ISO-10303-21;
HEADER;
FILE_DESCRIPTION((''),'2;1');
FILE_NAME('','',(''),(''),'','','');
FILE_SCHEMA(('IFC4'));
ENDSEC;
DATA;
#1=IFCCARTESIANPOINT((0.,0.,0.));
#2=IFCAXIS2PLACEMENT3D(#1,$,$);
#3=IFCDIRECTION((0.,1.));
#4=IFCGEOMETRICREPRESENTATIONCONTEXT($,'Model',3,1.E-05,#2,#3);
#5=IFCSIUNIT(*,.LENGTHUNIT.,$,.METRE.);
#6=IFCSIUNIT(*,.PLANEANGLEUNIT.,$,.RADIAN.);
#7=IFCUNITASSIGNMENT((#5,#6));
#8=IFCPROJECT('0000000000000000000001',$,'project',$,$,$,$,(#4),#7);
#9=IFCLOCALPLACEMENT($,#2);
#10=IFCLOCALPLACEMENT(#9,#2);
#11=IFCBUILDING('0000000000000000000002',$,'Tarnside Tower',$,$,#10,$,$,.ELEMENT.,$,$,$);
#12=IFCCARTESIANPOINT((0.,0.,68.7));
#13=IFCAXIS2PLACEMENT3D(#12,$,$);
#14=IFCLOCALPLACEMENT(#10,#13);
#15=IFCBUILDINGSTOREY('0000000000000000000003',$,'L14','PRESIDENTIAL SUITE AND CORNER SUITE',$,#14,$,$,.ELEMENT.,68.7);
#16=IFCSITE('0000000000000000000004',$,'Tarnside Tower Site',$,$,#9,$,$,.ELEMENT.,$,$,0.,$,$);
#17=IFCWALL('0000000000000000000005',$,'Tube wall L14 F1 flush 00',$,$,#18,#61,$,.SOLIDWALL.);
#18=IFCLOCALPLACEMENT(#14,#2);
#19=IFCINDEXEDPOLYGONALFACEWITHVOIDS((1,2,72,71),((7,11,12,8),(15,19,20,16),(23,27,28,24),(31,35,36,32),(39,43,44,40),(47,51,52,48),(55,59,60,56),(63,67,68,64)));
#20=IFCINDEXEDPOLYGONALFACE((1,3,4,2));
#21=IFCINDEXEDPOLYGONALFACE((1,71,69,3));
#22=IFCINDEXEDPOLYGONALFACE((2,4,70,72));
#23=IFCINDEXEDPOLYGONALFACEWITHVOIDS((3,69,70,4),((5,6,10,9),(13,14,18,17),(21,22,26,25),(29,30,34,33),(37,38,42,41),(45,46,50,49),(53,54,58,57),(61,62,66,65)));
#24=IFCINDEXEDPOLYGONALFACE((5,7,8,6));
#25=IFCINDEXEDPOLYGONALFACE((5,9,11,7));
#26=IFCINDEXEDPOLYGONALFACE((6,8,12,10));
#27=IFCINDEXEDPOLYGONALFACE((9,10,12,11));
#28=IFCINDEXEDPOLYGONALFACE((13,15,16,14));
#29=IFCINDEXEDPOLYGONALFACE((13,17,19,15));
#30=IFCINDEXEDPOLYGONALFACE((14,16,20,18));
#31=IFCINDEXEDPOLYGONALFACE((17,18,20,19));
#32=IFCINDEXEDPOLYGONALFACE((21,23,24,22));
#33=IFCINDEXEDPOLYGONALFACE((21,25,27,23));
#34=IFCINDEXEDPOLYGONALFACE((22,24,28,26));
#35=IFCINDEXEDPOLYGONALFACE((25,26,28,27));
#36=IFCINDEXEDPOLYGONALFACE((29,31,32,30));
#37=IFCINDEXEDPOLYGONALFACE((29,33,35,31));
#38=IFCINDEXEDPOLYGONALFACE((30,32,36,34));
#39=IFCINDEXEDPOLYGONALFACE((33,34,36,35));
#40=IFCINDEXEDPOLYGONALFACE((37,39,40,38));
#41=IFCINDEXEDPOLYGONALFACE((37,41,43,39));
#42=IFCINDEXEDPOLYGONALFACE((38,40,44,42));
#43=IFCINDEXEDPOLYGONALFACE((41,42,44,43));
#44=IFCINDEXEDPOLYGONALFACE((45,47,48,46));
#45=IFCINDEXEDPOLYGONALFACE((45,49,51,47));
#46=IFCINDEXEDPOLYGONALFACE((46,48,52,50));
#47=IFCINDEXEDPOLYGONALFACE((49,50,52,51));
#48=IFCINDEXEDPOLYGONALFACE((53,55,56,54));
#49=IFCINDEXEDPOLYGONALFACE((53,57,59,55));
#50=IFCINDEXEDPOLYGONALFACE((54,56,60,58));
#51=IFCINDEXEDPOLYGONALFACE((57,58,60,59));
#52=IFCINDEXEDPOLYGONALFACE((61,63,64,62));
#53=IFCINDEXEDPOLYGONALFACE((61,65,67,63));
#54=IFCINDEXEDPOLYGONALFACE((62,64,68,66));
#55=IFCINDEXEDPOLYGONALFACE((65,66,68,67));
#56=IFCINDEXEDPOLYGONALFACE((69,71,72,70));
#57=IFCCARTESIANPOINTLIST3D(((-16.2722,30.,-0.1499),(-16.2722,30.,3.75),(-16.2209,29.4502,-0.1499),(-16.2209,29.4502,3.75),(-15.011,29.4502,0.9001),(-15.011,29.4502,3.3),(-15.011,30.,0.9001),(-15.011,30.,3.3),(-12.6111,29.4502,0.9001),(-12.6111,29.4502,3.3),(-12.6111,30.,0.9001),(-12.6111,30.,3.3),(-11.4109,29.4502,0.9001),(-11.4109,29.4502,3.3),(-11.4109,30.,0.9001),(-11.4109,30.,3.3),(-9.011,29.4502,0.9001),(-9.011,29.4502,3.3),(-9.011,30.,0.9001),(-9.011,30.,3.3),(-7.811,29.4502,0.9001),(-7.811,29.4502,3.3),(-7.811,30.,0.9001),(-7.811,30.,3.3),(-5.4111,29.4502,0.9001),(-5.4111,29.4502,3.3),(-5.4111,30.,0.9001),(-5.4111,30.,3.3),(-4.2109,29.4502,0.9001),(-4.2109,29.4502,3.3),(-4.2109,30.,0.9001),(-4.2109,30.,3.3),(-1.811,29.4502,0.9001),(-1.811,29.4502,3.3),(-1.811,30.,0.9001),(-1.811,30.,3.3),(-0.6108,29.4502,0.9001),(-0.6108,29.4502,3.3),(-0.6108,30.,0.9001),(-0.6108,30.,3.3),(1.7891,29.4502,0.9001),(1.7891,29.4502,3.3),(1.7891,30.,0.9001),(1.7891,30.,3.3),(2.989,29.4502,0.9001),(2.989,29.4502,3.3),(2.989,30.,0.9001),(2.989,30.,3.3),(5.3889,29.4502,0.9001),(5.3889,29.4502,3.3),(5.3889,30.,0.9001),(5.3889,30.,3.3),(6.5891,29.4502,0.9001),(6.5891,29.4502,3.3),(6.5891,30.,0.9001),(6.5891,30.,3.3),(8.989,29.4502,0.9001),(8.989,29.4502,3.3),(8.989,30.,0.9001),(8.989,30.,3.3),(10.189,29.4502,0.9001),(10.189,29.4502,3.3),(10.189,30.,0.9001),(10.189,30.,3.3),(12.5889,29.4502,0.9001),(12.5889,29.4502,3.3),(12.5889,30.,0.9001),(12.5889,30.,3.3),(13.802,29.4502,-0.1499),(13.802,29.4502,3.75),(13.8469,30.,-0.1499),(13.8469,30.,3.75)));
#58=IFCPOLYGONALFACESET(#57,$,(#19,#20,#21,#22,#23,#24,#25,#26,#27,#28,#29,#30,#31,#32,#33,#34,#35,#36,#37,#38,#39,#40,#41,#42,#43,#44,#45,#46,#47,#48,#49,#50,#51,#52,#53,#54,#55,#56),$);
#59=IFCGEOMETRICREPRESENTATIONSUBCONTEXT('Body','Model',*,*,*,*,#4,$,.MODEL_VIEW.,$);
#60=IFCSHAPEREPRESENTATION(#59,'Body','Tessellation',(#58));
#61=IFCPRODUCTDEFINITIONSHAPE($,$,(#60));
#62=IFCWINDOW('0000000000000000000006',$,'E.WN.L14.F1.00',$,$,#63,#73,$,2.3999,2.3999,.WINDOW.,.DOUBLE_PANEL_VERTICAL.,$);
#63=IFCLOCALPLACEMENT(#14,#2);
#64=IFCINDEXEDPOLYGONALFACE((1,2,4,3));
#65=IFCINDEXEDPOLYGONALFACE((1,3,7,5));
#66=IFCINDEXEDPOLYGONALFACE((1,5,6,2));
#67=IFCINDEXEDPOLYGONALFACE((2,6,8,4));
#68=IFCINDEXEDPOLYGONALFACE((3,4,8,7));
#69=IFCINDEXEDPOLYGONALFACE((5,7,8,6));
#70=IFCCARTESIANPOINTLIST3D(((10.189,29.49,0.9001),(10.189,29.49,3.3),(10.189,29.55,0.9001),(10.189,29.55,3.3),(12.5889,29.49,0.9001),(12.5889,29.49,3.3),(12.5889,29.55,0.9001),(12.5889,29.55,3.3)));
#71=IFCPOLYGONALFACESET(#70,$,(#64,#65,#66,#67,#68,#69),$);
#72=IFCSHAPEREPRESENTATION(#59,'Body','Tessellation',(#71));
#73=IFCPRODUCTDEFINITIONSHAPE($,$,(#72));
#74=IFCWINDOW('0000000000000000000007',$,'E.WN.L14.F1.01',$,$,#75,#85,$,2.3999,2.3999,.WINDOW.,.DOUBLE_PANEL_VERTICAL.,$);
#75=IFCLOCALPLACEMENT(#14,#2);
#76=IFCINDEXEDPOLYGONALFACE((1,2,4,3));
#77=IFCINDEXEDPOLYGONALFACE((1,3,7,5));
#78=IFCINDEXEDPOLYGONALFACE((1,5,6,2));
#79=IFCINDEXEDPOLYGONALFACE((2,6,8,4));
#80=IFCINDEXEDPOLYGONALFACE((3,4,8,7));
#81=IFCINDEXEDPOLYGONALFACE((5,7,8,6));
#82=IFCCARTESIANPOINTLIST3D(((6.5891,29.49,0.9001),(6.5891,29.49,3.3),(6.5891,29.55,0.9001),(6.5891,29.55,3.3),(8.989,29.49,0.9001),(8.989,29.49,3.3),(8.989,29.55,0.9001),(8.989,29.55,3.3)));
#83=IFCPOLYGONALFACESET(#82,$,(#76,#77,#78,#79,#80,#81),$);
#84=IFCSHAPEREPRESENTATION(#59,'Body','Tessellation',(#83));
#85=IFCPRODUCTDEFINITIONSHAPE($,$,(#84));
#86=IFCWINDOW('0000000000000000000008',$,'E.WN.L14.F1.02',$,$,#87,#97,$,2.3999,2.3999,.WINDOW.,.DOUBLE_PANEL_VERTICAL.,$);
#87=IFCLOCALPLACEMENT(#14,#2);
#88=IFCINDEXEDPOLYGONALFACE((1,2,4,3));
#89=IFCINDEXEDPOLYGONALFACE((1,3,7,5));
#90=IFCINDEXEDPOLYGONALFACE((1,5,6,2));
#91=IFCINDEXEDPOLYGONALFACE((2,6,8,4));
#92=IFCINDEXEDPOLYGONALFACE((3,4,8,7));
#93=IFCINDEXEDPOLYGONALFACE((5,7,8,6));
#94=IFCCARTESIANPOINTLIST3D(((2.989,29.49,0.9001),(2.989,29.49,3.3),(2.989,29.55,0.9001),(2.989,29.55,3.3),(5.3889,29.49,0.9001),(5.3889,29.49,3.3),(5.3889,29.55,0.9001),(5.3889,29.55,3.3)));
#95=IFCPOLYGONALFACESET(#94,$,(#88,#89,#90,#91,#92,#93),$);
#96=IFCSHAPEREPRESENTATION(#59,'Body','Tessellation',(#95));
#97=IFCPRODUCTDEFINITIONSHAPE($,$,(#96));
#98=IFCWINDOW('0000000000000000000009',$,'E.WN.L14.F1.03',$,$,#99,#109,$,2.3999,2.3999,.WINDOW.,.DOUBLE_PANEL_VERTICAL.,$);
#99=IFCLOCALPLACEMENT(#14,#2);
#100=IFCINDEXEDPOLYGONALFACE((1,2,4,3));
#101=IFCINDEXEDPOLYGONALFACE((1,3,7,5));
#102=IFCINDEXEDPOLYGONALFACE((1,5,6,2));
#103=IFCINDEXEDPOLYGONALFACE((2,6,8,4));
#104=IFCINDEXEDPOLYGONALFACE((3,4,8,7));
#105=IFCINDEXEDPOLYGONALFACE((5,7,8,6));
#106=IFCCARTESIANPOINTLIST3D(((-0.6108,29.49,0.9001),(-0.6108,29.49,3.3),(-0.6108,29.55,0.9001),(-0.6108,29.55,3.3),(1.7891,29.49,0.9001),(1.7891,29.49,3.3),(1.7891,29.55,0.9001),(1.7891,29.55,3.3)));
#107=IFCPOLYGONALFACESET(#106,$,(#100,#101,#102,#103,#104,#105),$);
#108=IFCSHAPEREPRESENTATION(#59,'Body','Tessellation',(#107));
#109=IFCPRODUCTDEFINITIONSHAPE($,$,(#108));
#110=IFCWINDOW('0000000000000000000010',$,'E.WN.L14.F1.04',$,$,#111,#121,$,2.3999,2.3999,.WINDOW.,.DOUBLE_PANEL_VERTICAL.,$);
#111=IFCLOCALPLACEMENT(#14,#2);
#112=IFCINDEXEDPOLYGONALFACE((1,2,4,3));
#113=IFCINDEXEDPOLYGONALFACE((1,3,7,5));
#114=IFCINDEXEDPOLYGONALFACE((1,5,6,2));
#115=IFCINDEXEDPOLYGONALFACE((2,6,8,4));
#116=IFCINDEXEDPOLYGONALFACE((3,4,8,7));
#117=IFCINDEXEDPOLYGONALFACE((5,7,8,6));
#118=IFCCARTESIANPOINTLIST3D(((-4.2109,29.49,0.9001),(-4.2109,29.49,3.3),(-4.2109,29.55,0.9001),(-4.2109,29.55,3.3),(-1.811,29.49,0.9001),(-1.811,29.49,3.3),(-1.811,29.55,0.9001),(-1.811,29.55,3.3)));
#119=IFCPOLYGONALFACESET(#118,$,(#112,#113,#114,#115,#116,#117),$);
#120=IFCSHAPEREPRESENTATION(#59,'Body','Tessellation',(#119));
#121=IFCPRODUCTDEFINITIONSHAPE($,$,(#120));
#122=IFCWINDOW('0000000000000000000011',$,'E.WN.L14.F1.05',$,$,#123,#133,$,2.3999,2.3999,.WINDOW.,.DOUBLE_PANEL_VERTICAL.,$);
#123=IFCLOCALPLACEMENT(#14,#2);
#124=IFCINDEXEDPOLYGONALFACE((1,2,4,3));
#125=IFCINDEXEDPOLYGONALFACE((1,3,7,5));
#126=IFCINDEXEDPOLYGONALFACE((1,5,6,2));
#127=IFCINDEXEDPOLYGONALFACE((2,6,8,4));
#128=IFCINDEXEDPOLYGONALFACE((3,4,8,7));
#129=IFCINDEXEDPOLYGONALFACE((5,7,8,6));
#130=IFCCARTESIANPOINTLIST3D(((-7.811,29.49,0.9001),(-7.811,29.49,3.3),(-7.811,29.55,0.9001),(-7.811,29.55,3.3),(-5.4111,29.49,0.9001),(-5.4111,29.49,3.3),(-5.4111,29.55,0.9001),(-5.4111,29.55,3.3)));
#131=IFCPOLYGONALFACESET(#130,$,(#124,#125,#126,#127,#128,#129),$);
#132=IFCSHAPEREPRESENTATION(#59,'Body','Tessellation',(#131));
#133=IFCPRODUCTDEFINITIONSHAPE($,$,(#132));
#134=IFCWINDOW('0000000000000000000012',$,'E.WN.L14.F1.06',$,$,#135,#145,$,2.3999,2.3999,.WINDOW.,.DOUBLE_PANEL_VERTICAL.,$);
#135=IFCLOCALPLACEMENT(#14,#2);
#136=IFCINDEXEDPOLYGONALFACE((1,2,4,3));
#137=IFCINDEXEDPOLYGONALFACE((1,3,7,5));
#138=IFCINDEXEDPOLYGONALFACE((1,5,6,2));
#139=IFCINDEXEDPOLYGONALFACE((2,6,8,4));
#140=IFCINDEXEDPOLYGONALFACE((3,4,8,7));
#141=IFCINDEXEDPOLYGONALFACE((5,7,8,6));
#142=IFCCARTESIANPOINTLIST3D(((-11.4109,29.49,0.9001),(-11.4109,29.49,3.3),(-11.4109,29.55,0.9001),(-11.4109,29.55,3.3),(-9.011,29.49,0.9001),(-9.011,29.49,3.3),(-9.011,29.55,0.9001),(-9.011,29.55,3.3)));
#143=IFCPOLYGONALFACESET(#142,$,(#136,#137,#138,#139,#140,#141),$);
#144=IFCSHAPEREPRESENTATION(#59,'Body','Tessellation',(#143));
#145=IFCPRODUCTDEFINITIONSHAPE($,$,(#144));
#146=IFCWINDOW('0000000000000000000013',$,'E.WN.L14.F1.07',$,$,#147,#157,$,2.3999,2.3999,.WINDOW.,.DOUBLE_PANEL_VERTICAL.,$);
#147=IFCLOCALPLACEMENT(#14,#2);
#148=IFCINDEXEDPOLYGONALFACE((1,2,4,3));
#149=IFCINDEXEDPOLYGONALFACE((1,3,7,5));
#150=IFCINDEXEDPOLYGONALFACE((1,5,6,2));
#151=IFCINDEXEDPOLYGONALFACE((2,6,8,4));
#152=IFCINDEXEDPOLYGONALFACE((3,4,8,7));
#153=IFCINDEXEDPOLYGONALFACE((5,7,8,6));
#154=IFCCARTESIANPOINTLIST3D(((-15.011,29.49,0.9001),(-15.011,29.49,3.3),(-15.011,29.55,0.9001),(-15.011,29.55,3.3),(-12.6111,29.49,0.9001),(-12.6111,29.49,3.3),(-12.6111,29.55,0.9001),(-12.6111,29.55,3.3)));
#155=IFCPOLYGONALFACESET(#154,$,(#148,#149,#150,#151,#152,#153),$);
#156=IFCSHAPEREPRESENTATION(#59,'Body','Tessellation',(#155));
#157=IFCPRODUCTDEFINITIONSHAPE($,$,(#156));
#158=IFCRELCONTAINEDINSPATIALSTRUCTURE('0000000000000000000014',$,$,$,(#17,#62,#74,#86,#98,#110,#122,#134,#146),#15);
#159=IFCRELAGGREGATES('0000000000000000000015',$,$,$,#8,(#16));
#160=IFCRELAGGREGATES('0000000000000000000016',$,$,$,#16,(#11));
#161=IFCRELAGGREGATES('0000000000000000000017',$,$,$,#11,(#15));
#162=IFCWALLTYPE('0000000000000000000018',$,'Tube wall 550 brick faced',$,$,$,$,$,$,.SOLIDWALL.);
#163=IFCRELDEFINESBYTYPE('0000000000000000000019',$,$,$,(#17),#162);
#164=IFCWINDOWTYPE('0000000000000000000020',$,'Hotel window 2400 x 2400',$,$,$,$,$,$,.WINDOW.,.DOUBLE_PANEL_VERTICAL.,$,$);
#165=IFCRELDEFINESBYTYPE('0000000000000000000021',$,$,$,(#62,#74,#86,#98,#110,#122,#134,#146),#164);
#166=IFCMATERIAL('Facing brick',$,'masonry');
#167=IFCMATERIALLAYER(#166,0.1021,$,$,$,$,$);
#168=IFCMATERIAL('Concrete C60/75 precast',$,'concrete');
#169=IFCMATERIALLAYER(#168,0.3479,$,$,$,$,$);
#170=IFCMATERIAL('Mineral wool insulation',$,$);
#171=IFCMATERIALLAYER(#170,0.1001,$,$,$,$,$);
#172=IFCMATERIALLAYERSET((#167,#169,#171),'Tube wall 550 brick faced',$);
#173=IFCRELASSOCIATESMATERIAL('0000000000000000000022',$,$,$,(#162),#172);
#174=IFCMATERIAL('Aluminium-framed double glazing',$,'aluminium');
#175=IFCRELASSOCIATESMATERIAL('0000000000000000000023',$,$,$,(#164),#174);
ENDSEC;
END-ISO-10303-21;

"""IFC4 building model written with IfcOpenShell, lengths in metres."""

from ifc_helpers import new_model, si_unit, direction, frame, frame_2d, origin, place, context, subcontext, project, spatial, polyline, rectangle, outline, extrude, material, layer, layer_set, type_object, element, fill, save


model = new_model("IFC4")

# Units and contexts
model_context = context("Model", 3, precision=1e-05, world=origin(), true_north=direction((0.0, 1.0)))
body_context = subcontext(model_context, "Body", "Model", "MODEL_VIEW")
ifc_project = project(units=[si_unit("LENGTHUNIT", "METRE"), si_unit("PLANEANGLEUNIT", "RADIAN")], contexts=[model_context])

# Site, building, storey
site_placement = place(None, origin())
site = spatial("IfcSite", under=ifc_project, at=site_placement, Name="Tarnside Tower Site", CompositionType="ELEMENT", RefElevation=0.0)
building_placement = place(site_placement, origin())
building = spatial("IfcBuilding", under=site, at=building_placement, Name="Tarnside Tower", CompositionType="ELEMENT")
storey_placement = place(building_placement, frame((0.0, 0.0, 68.7)))
storey = spatial("IfcBuildingStorey", under=building, at=storey_placement, Name="L14", Description="PRESIDENTIAL SUITE AND CORNER SUITE", CompositionType="ELEMENT", Elevation=68.7)

# Wall, openings, windows
ifc_material_1 = material(Name="Facing brick", Category="masonry")
ifc_layer_1 = layer(ifc_material_1, 0.1021)
ifc_material_2 = material(Name="Concrete C60/75 precast", Category="concrete")
ifc_layer_2 = layer(ifc_material_2, 0.3479)
ifc_material_3 = material(Name="Mineral wool insulation")
ifc_layer_3 = layer(ifc_material_3, 0.1001)
ifc_layer_set_1 = layer_set([ifc_layer_1, ifc_layer_2, ifc_layer_3], Name="Tube wall 550 brick faced")
wall_type_1 = type_object("IfcWallType", Name="Tube wall 550 brick faced", PredefinedType="SOLIDWALL", material=ifc_layer_set_1)
wall_1_placement = place(storey_placement, frame((13.8245, 29.7251, -0.1499), z_axis=(0.0, 0.0, 1.0), x_axis=(-1.0, 0.0, 0.0)))
wall_1 = element("IfcWall", 1, at=wall_1_placement, inside=storey, type_object=wall_type_1, Name="Tube wall L14 F1 flush 00", PredefinedType="SOLIDWALL", context=body_context, shape_type="SweptSolid", body=[
    extrude(outline(polyline([(-0.0225, -0.2749), (30.0967, -0.2749), (30.0454, 0.2749), (0.0225, 0.2749), (-0.0225, -0.2749)])), origin(), (0.0, 0.0, 1.0), 3.8999),
])
opening_1_placement = place(wall_1_placement, frame((1.2356, 0.0, 1.05)))
opening_1 = element("IfcOpeningElement", 2, at=opening_1_placement, cuts=wall_1, PredefinedType="OPENING", context=body_context, shape_type="SweptSolid", body=[
    extrude(rectangle(XDim=2.3999, YDim=2.3999, at=frame_2d((1.2, 1.2))), frame((0.0, 0.2852, 0.0), z_axis=(0.0, -1.0, 0.0), x_axis=(1.0, 0.0, 0.0)), (0.0, 0.0, 1.0), 0.5701),
])
opening_2_placement = place(wall_1_placement, frame((4.8354, 0.0, 1.05)))
opening_2 = element("IfcOpeningElement", 3, at=opening_2_placement, cuts=wall_1, PredefinedType="OPENING", context=body_context, shape_type="SweptSolid", body=[
    extrude(rectangle(XDim=2.3999, YDim=2.3999, at=frame_2d((1.2, 1.2))), frame((0.0, 0.2852, 0.0), z_axis=(0.0, -1.0, 0.0), x_axis=(1.0, 0.0, 0.0)), (0.0, 0.0, 1.0), 0.5701),
])
opening_3_placement = place(wall_1_placement, frame((8.4355, 0.0, 1.05)))
opening_3 = element("IfcOpeningElement", 4, at=opening_3_placement, cuts=wall_1, PredefinedType="OPENING", context=body_context, shape_type="SweptSolid", body=[
    extrude(rectangle(XDim=2.3999, YDim=2.3999, at=frame_2d((1.2, 1.2))), frame((0.0, 0.2852, 0.0), z_axis=(0.0, -1.0, 0.0), x_axis=(1.0, 0.0, 0.0)), (0.0, 0.0, 1.0), 0.5701),
])
opening_4_placement = place(wall_1_placement, frame((12.0354, 0.0, 1.05)))
opening_4 = element("IfcOpeningElement", 5, at=opening_4_placement, cuts=wall_1, PredefinedType="OPENING", context=body_context, shape_type="SweptSolid", body=[
    extrude(rectangle(XDim=2.3999, YDim=2.3999, at=frame_2d((1.2, 1.2))), frame((0.0, 0.2852, 0.0), z_axis=(0.0, -1.0, 0.0), x_axis=(1.0, 0.0, 0.0)), (0.0, 0.0, 1.0), 0.5701),
])
opening_5_placement = place(wall_1_placement, frame((15.6355, 0.0, 1.05)))
opening_5 = element("IfcOpeningElement", 6, at=opening_5_placement, cuts=wall_1, PredefinedType="OPENING", context=body_context, shape_type="SweptSolid", body=[
    extrude(rectangle(XDim=2.3999, YDim=2.3999, at=frame_2d((1.2, 1.2))), frame((0.0, 0.2852, 0.0), z_axis=(0.0, -1.0, 0.0), x_axis=(1.0, 0.0, 0.0)), (0.0, 0.0, 1.0), 0.5701),
])
opening_6_placement = place(wall_1_placement, frame((19.2356, 0.0, 1.05)))
opening_6 = element("IfcOpeningElement", 7, at=opening_6_placement, cuts=wall_1, PredefinedType="OPENING", context=body_context, shape_type="SweptSolid", body=[
    extrude(rectangle(XDim=2.3999, YDim=2.3999, at=frame_2d((1.2, 1.2))), frame((0.0, 0.2852, 0.0), z_axis=(0.0, -1.0, 0.0), x_axis=(1.0, 0.0, 0.0)), (0.0, 0.0, 1.0), 0.5701),
])
opening_7_placement = place(wall_1_placement, frame((22.8354, 0.0, 1.05)))
opening_7 = element("IfcOpeningElement", 8, at=opening_7_placement, cuts=wall_1, PredefinedType="OPENING", context=body_context, shape_type="SweptSolid", body=[
    extrude(rectangle(XDim=2.3999, YDim=2.3999, at=frame_2d((1.2, 1.2))), frame((0.0, 0.2852, 0.0), z_axis=(0.0, -1.0, 0.0), x_axis=(1.0, 0.0, 0.0)), (0.0, 0.0, 1.0), 0.5701),
])
opening_8_placement = place(wall_1_placement, frame((26.4355, 0.0, 1.05)))
opening_8 = element("IfcOpeningElement", 9, at=opening_8_placement, cuts=wall_1, PredefinedType="OPENING", context=body_context, shape_type="SweptSolid", body=[
    extrude(rectangle(XDim=2.3999, YDim=2.3999, at=frame_2d((1.2, 1.2))), frame((0.0, 0.2852, 0.0), z_axis=(0.0, -1.0, 0.0), x_axis=(1.0, 0.0, 0.0)), (0.0, 0.0, 1.0), 0.5701),
])
ifc_material_4 = material(Name="Aluminium-framed double glazing", Category="aluminium")
window_type = type_object("IfcWindowType", Name="Hotel window 2400 x 2400", PartitioningType="DOUBLE_PANEL_VERTICAL", PredefinedType="WINDOW", material=ifc_material_4)
window_1_placement = place(opening_1_placement, frame((0.0, 0.2051, 0.0)))
window_1 = element("IfcWindow", 10, at=window_1_placement, inside=storey, type_object=window_type, Name="E.WN.L14.F1.00", OverallHeight=2.3999, OverallWidth=2.3999, PartitioningType="DOUBLE_PANEL_VERTICAL", PredefinedType="WINDOW", context=body_context, shape_type="SweptSolid", body=[
    extrude(rectangle(XDim=2.3999, YDim=2.3999, at=frame_2d((1.2, 1.2))), frame((0.0, 0.03, 0.0), z_axis=(0.0, -1.0, 0.0), x_axis=(1.0, 0.0, 0.0)), (0.0, 0.0, 1.0), 0.0601),
])
fill(opening_1, window_1)
window_2_placement = place(opening_2_placement, frame((0.0, 0.2051, 0.0)))
window_2 = element("IfcWindow", 11, at=window_2_placement, inside=storey, type_object=window_type, Name="E.WN.L14.F1.01", OverallHeight=2.3999, OverallWidth=2.3999, PartitioningType="DOUBLE_PANEL_VERTICAL", PredefinedType="WINDOW", context=body_context, shape_type="SweptSolid", body=[
    extrude(rectangle(XDim=2.3999, YDim=2.3999, at=frame_2d((1.2, 1.2))), frame((0.0, 0.03, 0.0), z_axis=(0.0, -1.0, 0.0), x_axis=(1.0, 0.0, 0.0)), (0.0, 0.0, 1.0), 0.0601),
])
fill(opening_2, window_2)
window_3_placement = place(opening_3_placement, frame((0.0, 0.2051, 0.0)))
window_3 = element("IfcWindow", 12, at=window_3_placement, inside=storey, type_object=window_type, Name="E.WN.L14.F1.02", OverallHeight=2.3999, OverallWidth=2.3999, PartitioningType="DOUBLE_PANEL_VERTICAL", PredefinedType="WINDOW", context=body_context, shape_type="SweptSolid", body=[
    extrude(rectangle(XDim=2.3999, YDim=2.3999, at=frame_2d((1.2, 1.2))), frame((0.0, 0.03, 0.0), z_axis=(0.0, -1.0, 0.0), x_axis=(1.0, 0.0, 0.0)), (0.0, 0.0, 1.0), 0.0601),
])
fill(opening_3, window_3)
window_4_placement = place(opening_4_placement, frame((0.0, 0.2051, 0.0)))
window_4 = element("IfcWindow", 13, at=window_4_placement, inside=storey, type_object=window_type, Name="E.WN.L14.F1.03", OverallHeight=2.3999, OverallWidth=2.3999, PartitioningType="DOUBLE_PANEL_VERTICAL", PredefinedType="WINDOW", context=body_context, shape_type="SweptSolid", body=[
    extrude(rectangle(XDim=2.3999, YDim=2.3999, at=frame_2d((1.2, 1.2))), frame((0.0, 0.03, 0.0), z_axis=(0.0, -1.0, 0.0), x_axis=(1.0, 0.0, 0.0)), (0.0, 0.0, 1.0), 0.0601),
])
fill(opening_4, window_4)
window_5_placement = place(opening_5_placement, frame((0.0, 0.2051, 0.0)))
window_5 = element("IfcWindow", 14, at=window_5_placement, inside=storey, type_object=window_type, Name="E.WN.L14.F1.04", OverallHeight=2.3999, OverallWidth=2.3999, PartitioningType="DOUBLE_PANEL_VERTICAL", PredefinedType="WINDOW", context=body_context, shape_type="SweptSolid", body=[
    extrude(rectangle(XDim=2.3999, YDim=2.3999, at=frame_2d((1.2, 1.2))), frame((0.0, 0.03, 0.0), z_axis=(0.0, -1.0, 0.0), x_axis=(1.0, 0.0, 0.0)), (0.0, 0.0, 1.0), 0.0601),
])
fill(opening_5, window_5)
window_6_placement = place(opening_6_placement, frame((0.0, 0.2051, 0.0)))
window_6 = element("IfcWindow", 15, at=window_6_placement, inside=storey, type_object=window_type, Name="E.WN.L14.F1.05", OverallHeight=2.3999, OverallWidth=2.3999, PartitioningType="DOUBLE_PANEL_VERTICAL", PredefinedType="WINDOW", context=body_context, shape_type="SweptSolid", body=[
    extrude(rectangle(XDim=2.3999, YDim=2.3999, at=frame_2d((1.2, 1.2))), frame((0.0, 0.03, 0.0), z_axis=(0.0, -1.0, 0.0), x_axis=(1.0, 0.0, 0.0)), (0.0, 0.0, 1.0), 0.0601),
])
fill(opening_6, window_6)
window_7_placement = place(opening_7_placement, frame((0.0, 0.2051, 0.0)))
window_7 = element("IfcWindow", 16, at=window_7_placement, inside=storey, type_object=window_type, Name="E.WN.L14.F1.06", OverallHeight=2.3999, OverallWidth=2.3999, PartitioningType="DOUBLE_PANEL_VERTICAL", PredefinedType="WINDOW", context=body_context, shape_type="SweptSolid", body=[
    extrude(rectangle(XDim=2.3999, YDim=2.3999, at=frame_2d((1.2, 1.2))), frame((0.0, 0.03, 0.0), z_axis=(0.0, -1.0, 0.0), x_axis=(1.0, 0.0, 0.0)), (0.0, 0.0, 1.0), 0.0601),
])
fill(opening_7, window_7)
window_8_placement = place(opening_8_placement, frame((0.0, 0.2051, 0.0)))
window_8 = element("IfcWindow", 17, at=window_8_placement, inside=storey, type_object=window_type, Name="E.WN.L14.F1.07", OverallHeight=2.3999, OverallWidth=2.3999, PartitioningType="DOUBLE_PANEL_VERTICAL", PredefinedType="WINDOW", context=body_context, shape_type="SweptSolid", body=[
    extrude(rectangle(XDim=2.3999, YDim=2.3999, at=frame_2d((1.2, 1.2))), frame((0.0, 0.03, 0.0), z_axis=(0.0, -1.0, 0.0), x_axis=(1.0, 0.0, 0.0)), (0.0, 0.0, 1.0), 0.0601),
])
fill(opening_8, window_8)

save(model, "model.ifc")
